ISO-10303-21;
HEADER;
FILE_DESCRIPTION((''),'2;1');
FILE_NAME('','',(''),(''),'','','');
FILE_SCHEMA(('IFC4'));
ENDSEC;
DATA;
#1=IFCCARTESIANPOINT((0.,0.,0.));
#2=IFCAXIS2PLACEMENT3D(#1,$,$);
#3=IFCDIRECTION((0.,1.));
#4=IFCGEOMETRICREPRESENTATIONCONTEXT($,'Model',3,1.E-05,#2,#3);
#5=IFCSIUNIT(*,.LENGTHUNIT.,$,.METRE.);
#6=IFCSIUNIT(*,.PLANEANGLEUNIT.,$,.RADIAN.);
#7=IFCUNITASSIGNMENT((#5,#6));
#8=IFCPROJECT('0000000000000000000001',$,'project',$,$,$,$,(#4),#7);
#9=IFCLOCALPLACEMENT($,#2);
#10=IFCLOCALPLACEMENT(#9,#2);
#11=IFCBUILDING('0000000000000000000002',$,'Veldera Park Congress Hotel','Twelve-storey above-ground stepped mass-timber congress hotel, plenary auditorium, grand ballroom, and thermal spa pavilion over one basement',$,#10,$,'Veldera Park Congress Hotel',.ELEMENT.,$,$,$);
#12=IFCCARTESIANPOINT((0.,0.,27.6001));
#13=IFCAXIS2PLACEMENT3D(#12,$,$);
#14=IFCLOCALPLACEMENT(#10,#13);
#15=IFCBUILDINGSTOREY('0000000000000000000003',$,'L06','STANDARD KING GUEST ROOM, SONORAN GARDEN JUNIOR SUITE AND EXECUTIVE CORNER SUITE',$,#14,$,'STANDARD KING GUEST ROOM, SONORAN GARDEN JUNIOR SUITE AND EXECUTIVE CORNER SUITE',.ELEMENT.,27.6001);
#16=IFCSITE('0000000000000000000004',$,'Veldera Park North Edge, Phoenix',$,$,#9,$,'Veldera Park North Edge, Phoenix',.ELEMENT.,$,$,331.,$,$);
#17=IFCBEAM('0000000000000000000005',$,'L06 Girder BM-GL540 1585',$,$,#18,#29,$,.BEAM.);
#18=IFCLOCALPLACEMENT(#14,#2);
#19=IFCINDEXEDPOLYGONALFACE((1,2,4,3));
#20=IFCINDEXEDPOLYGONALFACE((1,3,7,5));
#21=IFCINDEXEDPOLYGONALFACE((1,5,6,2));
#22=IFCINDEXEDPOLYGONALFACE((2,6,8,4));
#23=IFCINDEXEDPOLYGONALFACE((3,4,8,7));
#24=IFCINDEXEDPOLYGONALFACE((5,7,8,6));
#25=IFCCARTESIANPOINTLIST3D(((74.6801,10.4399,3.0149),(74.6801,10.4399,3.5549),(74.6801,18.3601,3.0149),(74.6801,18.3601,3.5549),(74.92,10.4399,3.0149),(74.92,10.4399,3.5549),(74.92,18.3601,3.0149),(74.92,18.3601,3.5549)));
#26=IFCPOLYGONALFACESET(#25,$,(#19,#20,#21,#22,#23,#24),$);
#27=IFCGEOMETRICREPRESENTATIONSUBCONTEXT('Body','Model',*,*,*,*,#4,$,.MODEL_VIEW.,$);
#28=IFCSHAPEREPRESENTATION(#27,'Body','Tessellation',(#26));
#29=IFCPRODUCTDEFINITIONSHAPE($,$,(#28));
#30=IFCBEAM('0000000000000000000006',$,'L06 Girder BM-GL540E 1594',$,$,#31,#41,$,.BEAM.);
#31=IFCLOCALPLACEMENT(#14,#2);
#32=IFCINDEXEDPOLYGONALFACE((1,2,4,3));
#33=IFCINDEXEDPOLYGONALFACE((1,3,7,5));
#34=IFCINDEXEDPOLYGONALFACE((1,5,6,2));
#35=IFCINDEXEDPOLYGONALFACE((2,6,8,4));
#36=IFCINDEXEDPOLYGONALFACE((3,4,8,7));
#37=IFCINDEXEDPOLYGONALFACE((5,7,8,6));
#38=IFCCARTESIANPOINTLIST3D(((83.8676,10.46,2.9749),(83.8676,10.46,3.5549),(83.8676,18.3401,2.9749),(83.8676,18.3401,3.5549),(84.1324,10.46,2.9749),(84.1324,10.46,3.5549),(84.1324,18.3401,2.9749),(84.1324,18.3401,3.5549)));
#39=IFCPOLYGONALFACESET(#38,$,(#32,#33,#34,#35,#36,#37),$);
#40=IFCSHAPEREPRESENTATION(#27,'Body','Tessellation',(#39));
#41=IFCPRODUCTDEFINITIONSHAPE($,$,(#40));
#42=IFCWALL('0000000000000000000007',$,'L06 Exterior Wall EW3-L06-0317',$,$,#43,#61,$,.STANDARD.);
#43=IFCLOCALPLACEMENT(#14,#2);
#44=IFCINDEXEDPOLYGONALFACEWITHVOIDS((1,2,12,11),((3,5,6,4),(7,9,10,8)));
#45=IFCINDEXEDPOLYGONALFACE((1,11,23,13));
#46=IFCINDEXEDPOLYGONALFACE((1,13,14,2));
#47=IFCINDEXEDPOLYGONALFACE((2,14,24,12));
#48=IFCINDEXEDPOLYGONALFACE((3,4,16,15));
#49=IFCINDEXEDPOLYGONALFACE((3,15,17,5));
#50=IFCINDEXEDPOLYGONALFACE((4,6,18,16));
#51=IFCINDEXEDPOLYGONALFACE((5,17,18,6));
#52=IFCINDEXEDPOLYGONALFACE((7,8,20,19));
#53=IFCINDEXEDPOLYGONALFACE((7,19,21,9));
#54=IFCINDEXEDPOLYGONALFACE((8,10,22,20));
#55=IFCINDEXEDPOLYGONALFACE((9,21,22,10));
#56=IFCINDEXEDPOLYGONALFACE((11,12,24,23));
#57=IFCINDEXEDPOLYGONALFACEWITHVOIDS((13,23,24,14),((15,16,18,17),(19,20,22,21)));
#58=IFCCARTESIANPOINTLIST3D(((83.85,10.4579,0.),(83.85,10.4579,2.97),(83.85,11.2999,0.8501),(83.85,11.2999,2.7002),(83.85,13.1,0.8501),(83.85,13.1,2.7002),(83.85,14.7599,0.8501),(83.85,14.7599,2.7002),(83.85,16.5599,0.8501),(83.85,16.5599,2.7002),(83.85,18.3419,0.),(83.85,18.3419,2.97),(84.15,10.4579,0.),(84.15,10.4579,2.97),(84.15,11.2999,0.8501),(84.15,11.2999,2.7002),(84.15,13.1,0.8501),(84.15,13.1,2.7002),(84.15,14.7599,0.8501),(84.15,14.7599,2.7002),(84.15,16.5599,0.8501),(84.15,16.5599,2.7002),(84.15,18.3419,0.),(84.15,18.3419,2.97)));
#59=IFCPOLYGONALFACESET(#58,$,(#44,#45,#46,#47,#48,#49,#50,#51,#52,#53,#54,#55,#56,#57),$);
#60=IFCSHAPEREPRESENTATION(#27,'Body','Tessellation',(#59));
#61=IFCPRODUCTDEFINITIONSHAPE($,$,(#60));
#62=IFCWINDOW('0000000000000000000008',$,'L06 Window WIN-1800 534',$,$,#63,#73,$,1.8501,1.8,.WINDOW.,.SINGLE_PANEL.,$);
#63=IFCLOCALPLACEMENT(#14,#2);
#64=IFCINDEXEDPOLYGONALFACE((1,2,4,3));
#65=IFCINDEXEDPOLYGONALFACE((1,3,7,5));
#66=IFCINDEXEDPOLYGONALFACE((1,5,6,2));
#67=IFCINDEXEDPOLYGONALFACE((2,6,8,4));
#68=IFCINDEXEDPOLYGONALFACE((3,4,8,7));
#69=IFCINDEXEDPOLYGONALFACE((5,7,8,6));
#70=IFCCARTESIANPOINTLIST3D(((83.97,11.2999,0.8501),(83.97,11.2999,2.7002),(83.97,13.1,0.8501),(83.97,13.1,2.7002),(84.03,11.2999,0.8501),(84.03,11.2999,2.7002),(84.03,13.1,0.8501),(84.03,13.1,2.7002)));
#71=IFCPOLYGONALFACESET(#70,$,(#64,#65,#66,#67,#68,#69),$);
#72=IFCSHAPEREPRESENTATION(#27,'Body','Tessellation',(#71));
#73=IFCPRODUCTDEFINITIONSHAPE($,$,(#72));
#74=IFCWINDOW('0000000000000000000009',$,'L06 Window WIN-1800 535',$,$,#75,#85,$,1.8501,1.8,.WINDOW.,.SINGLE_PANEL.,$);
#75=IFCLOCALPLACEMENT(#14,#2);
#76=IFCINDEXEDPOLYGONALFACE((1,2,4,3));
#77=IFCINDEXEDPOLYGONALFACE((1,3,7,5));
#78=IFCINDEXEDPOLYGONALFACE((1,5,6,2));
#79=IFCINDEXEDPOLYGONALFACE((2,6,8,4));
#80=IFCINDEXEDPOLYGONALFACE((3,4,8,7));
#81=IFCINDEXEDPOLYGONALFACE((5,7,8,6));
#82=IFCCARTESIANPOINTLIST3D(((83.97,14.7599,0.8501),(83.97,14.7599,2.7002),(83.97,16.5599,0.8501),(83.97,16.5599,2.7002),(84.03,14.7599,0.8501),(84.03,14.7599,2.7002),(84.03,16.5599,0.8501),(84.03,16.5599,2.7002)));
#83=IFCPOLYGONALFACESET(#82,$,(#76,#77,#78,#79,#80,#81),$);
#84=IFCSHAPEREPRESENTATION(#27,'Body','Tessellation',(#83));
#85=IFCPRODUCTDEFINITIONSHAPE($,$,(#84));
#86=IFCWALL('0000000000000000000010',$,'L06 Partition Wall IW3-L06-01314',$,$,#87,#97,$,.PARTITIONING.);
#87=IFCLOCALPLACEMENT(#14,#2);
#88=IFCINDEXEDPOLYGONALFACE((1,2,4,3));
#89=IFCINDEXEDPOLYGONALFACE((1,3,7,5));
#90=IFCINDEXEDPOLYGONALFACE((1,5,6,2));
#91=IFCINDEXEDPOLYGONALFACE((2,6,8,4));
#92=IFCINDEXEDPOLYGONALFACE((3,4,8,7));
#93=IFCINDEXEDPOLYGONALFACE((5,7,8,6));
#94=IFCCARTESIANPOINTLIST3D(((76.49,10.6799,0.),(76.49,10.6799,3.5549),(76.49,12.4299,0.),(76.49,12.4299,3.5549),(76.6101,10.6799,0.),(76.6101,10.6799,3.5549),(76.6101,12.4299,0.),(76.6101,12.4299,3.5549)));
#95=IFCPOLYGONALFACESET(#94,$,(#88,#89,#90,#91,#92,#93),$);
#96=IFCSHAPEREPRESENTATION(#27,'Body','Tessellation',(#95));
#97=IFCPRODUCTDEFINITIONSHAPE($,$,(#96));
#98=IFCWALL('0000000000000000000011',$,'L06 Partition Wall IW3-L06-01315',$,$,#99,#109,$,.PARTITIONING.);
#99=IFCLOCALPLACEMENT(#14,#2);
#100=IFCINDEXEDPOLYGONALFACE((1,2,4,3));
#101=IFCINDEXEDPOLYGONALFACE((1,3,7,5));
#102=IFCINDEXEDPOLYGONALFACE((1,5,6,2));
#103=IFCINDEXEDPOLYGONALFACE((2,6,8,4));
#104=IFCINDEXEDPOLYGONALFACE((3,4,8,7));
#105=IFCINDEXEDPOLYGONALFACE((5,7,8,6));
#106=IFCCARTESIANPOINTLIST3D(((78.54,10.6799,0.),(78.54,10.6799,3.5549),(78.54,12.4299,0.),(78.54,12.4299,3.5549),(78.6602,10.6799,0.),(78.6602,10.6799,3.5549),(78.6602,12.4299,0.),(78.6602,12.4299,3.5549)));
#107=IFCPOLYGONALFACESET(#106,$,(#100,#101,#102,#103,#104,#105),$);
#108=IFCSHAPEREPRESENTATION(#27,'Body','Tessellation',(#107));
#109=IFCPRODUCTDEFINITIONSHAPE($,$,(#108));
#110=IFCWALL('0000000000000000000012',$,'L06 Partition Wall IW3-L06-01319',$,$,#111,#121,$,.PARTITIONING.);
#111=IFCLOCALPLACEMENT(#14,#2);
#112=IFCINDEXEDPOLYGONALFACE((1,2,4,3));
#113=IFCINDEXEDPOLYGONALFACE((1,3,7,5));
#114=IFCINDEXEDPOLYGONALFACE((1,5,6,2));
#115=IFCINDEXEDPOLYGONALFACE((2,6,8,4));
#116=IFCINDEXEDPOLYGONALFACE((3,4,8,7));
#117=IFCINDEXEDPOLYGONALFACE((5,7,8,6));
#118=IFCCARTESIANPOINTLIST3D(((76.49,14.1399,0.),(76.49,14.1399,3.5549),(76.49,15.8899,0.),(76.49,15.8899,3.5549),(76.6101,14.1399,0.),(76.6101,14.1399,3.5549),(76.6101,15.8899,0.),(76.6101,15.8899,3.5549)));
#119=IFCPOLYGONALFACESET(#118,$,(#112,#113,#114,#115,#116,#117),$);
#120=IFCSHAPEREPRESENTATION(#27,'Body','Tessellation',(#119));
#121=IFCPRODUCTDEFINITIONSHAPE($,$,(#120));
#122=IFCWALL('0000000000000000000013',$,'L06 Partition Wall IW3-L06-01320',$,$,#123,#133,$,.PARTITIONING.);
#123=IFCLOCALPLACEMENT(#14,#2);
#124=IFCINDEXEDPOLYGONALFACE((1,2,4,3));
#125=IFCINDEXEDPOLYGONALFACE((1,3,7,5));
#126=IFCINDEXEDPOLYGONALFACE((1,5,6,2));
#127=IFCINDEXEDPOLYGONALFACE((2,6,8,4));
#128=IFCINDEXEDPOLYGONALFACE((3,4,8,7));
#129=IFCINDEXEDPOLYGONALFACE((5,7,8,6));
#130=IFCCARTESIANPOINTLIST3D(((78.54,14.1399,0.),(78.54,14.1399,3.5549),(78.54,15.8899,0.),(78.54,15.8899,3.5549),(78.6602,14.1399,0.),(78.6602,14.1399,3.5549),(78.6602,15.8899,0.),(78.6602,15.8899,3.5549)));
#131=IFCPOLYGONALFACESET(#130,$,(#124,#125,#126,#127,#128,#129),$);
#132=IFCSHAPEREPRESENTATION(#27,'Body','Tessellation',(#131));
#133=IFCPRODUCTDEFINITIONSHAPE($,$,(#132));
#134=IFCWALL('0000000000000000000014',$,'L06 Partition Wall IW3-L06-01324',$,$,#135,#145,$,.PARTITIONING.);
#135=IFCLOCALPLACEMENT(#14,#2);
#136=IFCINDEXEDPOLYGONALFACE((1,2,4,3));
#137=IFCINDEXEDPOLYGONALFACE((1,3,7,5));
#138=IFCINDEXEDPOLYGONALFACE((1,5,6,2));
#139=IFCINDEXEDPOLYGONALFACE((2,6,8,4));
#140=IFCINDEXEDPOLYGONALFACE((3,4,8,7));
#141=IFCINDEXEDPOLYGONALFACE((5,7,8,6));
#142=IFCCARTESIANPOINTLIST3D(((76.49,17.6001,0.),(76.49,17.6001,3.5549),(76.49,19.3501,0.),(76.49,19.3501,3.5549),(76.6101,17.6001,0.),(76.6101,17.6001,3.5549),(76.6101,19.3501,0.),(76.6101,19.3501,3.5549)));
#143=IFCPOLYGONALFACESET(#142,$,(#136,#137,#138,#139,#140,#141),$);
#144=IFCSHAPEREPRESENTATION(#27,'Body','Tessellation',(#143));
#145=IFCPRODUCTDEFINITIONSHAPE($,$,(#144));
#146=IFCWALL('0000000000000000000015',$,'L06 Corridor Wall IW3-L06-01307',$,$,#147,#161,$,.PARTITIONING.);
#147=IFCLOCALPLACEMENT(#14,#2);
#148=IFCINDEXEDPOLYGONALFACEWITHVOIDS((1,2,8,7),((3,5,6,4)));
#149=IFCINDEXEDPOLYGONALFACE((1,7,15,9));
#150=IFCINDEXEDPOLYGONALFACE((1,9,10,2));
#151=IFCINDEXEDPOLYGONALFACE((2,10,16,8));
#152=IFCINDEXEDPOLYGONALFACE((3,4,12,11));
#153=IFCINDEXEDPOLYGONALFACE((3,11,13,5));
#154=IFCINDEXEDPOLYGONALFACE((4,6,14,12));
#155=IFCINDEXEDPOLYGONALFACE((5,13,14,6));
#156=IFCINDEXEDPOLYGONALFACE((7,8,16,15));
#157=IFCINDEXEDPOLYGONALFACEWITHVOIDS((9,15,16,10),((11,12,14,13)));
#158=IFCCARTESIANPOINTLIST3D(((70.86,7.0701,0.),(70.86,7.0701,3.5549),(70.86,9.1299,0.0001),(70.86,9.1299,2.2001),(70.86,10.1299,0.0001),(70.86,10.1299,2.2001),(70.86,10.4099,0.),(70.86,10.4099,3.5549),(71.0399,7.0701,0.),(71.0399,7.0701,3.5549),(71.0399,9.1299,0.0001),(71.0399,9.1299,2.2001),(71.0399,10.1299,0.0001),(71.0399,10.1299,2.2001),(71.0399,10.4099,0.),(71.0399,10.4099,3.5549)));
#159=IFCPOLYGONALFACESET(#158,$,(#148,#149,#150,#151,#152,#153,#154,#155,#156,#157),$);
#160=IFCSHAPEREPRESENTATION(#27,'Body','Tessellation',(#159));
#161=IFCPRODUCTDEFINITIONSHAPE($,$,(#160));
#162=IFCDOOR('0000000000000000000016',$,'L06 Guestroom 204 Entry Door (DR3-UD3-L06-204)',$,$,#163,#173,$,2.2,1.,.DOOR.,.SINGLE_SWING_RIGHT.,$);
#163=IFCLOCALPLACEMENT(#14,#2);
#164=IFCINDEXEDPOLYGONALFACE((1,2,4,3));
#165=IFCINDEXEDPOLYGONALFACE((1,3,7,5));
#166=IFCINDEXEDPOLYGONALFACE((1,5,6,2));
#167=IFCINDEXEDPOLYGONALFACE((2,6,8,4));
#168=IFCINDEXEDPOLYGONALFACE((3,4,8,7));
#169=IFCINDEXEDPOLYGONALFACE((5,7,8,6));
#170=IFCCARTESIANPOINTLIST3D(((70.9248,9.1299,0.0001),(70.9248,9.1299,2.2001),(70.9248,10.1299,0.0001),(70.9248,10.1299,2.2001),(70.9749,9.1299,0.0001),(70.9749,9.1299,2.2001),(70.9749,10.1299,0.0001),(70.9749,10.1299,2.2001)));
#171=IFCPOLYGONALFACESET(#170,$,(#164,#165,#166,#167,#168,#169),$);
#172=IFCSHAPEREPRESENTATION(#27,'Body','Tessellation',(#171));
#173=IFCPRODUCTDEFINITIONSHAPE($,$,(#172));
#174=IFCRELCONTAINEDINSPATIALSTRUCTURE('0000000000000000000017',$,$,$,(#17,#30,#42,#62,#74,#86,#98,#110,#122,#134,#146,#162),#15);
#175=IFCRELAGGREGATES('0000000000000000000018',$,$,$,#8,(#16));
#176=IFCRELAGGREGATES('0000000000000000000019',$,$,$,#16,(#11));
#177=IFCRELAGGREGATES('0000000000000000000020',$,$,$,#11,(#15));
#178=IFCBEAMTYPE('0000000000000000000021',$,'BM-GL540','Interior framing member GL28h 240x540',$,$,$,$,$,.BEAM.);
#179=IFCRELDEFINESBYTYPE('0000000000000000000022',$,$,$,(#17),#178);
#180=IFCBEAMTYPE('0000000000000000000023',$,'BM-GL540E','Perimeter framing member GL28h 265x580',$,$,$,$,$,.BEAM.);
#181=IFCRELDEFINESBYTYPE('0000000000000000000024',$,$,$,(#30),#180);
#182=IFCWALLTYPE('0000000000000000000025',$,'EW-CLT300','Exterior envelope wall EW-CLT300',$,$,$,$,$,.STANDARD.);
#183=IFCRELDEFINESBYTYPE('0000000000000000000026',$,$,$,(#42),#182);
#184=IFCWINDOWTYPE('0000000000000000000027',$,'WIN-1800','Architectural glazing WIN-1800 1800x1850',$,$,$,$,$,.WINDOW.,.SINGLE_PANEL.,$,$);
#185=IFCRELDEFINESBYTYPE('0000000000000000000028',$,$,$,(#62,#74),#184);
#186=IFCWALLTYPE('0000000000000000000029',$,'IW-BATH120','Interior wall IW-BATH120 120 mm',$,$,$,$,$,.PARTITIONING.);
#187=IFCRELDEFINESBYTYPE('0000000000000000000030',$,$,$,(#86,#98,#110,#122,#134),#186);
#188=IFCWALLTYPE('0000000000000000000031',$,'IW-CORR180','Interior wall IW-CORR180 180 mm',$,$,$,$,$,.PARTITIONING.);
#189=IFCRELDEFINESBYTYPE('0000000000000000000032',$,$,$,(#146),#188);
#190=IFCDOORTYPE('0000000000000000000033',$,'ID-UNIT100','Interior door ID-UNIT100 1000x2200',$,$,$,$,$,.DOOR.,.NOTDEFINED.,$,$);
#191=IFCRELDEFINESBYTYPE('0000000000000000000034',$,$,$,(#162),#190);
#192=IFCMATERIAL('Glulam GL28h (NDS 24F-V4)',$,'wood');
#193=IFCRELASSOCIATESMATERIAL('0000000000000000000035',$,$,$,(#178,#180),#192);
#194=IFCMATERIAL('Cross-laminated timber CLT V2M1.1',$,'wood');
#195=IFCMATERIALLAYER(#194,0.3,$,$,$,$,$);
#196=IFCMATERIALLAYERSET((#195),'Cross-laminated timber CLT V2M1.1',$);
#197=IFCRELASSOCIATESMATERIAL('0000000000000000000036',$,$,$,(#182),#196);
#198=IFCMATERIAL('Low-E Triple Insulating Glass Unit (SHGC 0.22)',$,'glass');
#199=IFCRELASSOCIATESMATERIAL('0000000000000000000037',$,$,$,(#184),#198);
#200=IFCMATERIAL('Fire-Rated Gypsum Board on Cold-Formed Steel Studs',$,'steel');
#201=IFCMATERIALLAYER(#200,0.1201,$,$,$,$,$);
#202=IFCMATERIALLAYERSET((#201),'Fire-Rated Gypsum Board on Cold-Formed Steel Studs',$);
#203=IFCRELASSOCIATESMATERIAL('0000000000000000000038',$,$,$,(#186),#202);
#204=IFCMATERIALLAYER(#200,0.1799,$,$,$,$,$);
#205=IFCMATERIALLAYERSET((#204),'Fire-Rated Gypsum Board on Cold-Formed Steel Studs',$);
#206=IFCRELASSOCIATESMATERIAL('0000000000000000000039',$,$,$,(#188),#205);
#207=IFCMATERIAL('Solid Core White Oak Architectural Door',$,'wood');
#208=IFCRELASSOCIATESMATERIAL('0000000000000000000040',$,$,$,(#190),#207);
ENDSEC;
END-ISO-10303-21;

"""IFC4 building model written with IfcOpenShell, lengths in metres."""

from ifc_helpers import new_model, si_unit, direction, frame, frame_2d, origin, origin_2d, place, context, subcontext, project, spatial, rectangle, extrude, material, layer, layer_set, material_profile, profile_set, type_object, element, fill, save


model = new_model("IFC4")

# Units and contexts
model_context = context("Model", 3, precision=1e-05, world=origin(), true_north=direction((0.0, 1.0)))
body_context = subcontext(model_context, "Body", "Model", "MODEL_VIEW")
ifc_project = project(units=[si_unit("LENGTHUNIT", "METRE"), si_unit("PLANEANGLEUNIT", "RADIAN")], contexts=[model_context])

# Site, building, storey
site_placement = place(None, origin())
site = spatial("IfcSite", under=ifc_project, at=site_placement, Name="Veldera Park North Edge, Phoenix", LongName="Veldera Park North Edge, Phoenix", CompositionType="ELEMENT", RefElevation=331.0)
building_placement = place(site_placement, origin())
building = spatial("IfcBuilding", under=site, at=building_placement, Name="Veldera Park Congress Hotel", Description="Twelve-storey above-ground stepped mass-timber congress hotel, plenary auditorium, grand ballroom, and thermal spa pavilion over one basement", LongName="Veldera Park Congress Hotel", CompositionType="ELEMENT")
storey_placement = place(building_placement, frame((0.0, 0.0, 27.6001)))
storey = spatial("IfcBuildingStorey", under=building, at=storey_placement, Name="L06", Description="STANDARD KING GUEST ROOM, SONORAN GARDEN JUNIOR SUITE AND EXECUTIVE CORNER SUITE", LongName="STANDARD KING GUEST ROOM, SONORAN GARDEN JUNIOR SUITE AND EXECUTIVE CORNER SUITE", CompositionType="ELEMENT", Elevation=27.6001)

# Beams
ifc_material_1 = material(Name="Glulam GL28h (NDS 24F-V4)", Category="wood")
ifc_material_profile_1 = material_profile(ifc_material_1, rectangle(XDim=0.24, YDim=0.54, at=origin_2d()), Name="GL28h 240x540")
ifc_profile_set_1 = profile_set([ifc_material_profile_1], Name="Glulam GL28h (NDS 24F-V4)")
beam_type_1 = type_object("IfcBeamType", Name="BM-GL540", Description="Interior framing member GL28h 240x540", PredefinedType="BEAM", material=ifc_profile_set_1)
beam_1_placement = place(storey_placement, frame((74.8, 10.4399, 3.2849), z_axis=(0.0, 1.0, 0.0), x_axis=(-1.0, 0.0, 0.0)))
element("IfcBeam", 1, at=beam_1_placement, inside=storey, type_object=beam_type_1, Name="L06 Girder BM-GL540 1585", PredefinedType="BEAM", context=body_context, shape_type="SweptSolid", body=[
    extrude(rectangle(XDim=0.24, YDim=0.54, at=origin_2d()), origin(), (0.0, 0.0, 1.0), 7.9202),
])
ifc_material_profile_2 = material_profile(ifc_material_1, rectangle(XDim=0.2649, YDim=0.5801, at=origin_2d()), Name="GL28h 265x580")
ifc_profile_set_2 = profile_set([ifc_material_profile_2], Name="Glulam GL28h (NDS 24F-V4)")
beam_type_2 = type_object("IfcBeamType", Name="BM-GL540E", Description="Perimeter framing member GL28h 265x580", PredefinedType="BEAM", material=ifc_profile_set_2)
beam_2_placement = place(storey_placement, frame((84.0, 10.46, 3.2649), z_axis=(0.0, 1.0, 0.0), x_axis=(-1.0, 0.0, 0.0)))
element("IfcBeam", 2, at=beam_2_placement, inside=storey, type_object=beam_type_2, Name="L06 Girder BM-GL540E 1594", PredefinedType="BEAM", context=body_context, shape_type="SweptSolid", body=[
    extrude(rectangle(XDim=0.2649, YDim=0.5801, at=origin_2d()), origin(), (0.0, 0.0, 1.0), 7.8801),
])

# Wall, openings, windows
ifc_material_2 = material(Name="Cross-laminated timber CLT V2M1.1", Category="wood")
ifc_layer_1 = layer(ifc_material_2, 0.3)
ifc_layer_set_1 = layer_set([ifc_layer_1], Name="Cross-laminated timber CLT V2M1.1")
wall_type_1 = type_object("IfcWallType", Name="EW-CLT300", Description="Exterior envelope wall EW-CLT300", PredefinedType="STANDARD", material=ifc_layer_set_1)
wall_1_placement = place(storey_placement, frame((84.0, 10.458, 0.0), z_axis=(0.0, 0.0, 1.0), x_axis=(0.0, 1.0, 0.0)))
wall_1 = element("IfcWall", 3, at=wall_1_placement, inside=storey, type_object=wall_type_1, Name="L06 Exterior Wall EW3-L06-0317", PredefinedType="STANDARD", context=body_context, shape_type="SweptSolid", body=[
    extrude(rectangle(XDim=7.884, YDim=0.3, at=frame_2d((3.9419, 0.0))), origin(), (0.0, 0.0, 1.0), 2.97),
])
opening_1_placement = place(wall_1_placement, frame((0.842, 0.0, 0.8501)))
opening_1 = element("IfcOpeningElement", 4, at=opening_1_placement, cuts=wall_1, PredefinedType="OPENING", context=body_context, shape_type="SweptSolid", body=[
    extrude(rectangle(XDim=1.8, YDim=1.8501, at=frame_2d((0.8999, 0.925))), frame((0.0, 0.1621, 0.0), z_axis=(0.0, -1.0, 0.0), x_axis=(1.0, 0.0, 0.0)), (0.0, 0.0, 1.0), 0.324),
])
opening_2_placement = place(wall_1_placement, frame((4.302, 0.0, 0.8501)))
opening_2 = element("IfcOpeningElement", 5, at=opening_2_placement, cuts=wall_1, PredefinedType="OPENING", context=body_context, shape_type="SweptSolid", body=[
    extrude(rectangle(XDim=1.8, YDim=1.8501, at=frame_2d((0.8999, 0.925))), frame((0.0, 0.1621, 0.0), z_axis=(0.0, -1.0, 0.0), x_axis=(1.0, 0.0, 0.0)), (0.0, 0.0, 1.0), 0.324),
])
ifc_material_3 = material(Name="Low-E Triple Insulating Glass Unit (SHGC 0.22)", Category="glass")
window_type = type_object("IfcWindowType", Name="WIN-1800", Description="Architectural glazing WIN-1800 1800x1850", PartitioningType="SINGLE_PANEL", PredefinedType="WINDOW", material=ifc_material_3)
window_1_placement = place(opening_1_placement, origin())
window_1 = element("IfcWindow", 6, at=window_1_placement, inside=storey, type_object=window_type, Name="L06 Window WIN-1800 534", OverallHeight=1.8501, OverallWidth=1.8, PartitioningType="SINGLE_PANEL", PredefinedType="WINDOW", context=body_context, shape_type="SweptSolid", body=[
    extrude(rectangle(XDim=1.8, YDim=1.8501, at=frame_2d((0.8999, 0.925))), frame((0.0, 0.03, 0.0), z_axis=(0.0, -1.0, 0.0), x_axis=(1.0, 0.0, 0.0)), (0.0, 0.0, 1.0), 0.0601),
])
fill(opening_1, window_1)
window_2_placement = place(opening_2_placement, origin())
window_2 = element("IfcWindow", 7, at=window_2_placement, inside=storey, type_object=window_type, Name="L06 Window WIN-1800 535", OverallHeight=1.8501, OverallWidth=1.8, PartitioningType="SINGLE_PANEL", PredefinedType="WINDOW", context=body_context, shape_type="SweptSolid", body=[
    extrude(rectangle(XDim=1.8, YDim=1.8501, at=frame_2d((0.8999, 0.925))), frame((0.0, 0.03, 0.0), z_axis=(0.0, -1.0, 0.0), x_axis=(1.0, 0.0, 0.0)), (0.0, 0.0, 1.0), 0.0601),
])
fill(opening_2, window_2)

# Walls
ifc_material_4 = material(Name="Fire-Rated Gypsum Board on Cold-Formed Steel Studs", Category="steel")
ifc_layer_2 = layer(ifc_material_4, 0.1201)
ifc_layer_set_2 = layer_set([ifc_layer_2], Name="Fire-Rated Gypsum Board on Cold-Formed Steel Studs")
wall_type_2 = type_object("IfcWallType", Name="IW-BATH120", Description="Interior wall IW-BATH120 120 mm", PredefinedType="PARTITIONING", material=ifc_layer_set_2)
for number, where, z_axis, x_axis, name in (
    (8, (76.55, 10.6799, 0.0), (0.0, 0.0, 1.0), (0.0, 1.0, 0.0), "L06 Partition Wall IW3-L06-01314"),
    (9, (78.6001, 10.6799, 0.0), (0.0, 0.0, 1.0), (0.0, 1.0, 0.0), "L06 Partition Wall IW3-L06-01315"),
):
    element("IfcWall", number, at=place(storey_placement, frame(where, z_axis=z_axis, x_axis=x_axis)), inside=storey, type_object=wall_type_2, Name=name, PredefinedType="PARTITIONING", context=body_context, shape_type="SweptSolid", body=[
        extrude(rectangle(XDim=1.75, YDim=0.1201, at=frame_2d((0.875, 0.0))), origin(), (0.0, 0.0, 1.0), 3.5549),
    ])

# Shared definitions
ifc_material_5 = material(Name="Solid Core White Oak Architectural Door", Category="wood")

# Walls
for number, where, z_axis, x_axis, name in (
    (10, (76.55, 14.1399, 0.0), (0.0, 0.0, 1.0), (0.0, 1.0, 0.0), "L06 Partition Wall IW3-L06-01319"),
    (11, (78.6001, 14.1399, 0.0), (0.0, 0.0, 1.0), (0.0, 1.0, 0.0), "L06 Partition Wall IW3-L06-01320"),
):
    element("IfcWall", number, at=place(storey_placement, frame(where, z_axis=z_axis, x_axis=x_axis)), inside=storey, type_object=wall_type_2, Name=name, PredefinedType="PARTITIONING", context=body_context, shape_type="SweptSolid", body=[
        extrude(rectangle(XDim=1.75, YDim=0.1201, at=frame_2d((0.875, 0.0))), origin(), (0.0, 0.0, 1.0), 3.5549),
    ])

# Wall
wall_2_placement = place(storey_placement, frame((76.55, 17.6001, 0.0), z_axis=(0.0, 0.0, 1.0), x_axis=(0.0, 1.0, 0.0)))
element("IfcWall", 12, at=wall_2_placement, inside=storey, type_object=wall_type_2, Name="L06 Partition Wall IW3-L06-01324", PredefinedType="PARTITIONING", context=body_context, shape_type="SweptSolid", body=[
    extrude(rectangle(XDim=1.75, YDim=0.1201, at=frame_2d((0.875, 0.0))), origin(), (0.0, 0.0, 1.0), 3.5549),
])

# Wall, opening, door
ifc_layer_3 = layer(ifc_material_4, 0.1799)
ifc_layer_set_3 = layer_set([ifc_layer_3], Name="Fire-Rated Gypsum Board on Cold-Formed Steel Studs")
wall_type_3 = type_object("IfcWallType", Name="IW-CORR180", Description="Interior wall IW-CORR180 180 mm", PredefinedType="PARTITIONING", material=ifc_layer_set_3)
wall_3_placement = place(storey_placement, frame((70.95, 10.4099, 0.0), z_axis=(0.0, 0.0, 1.0), x_axis=(0.0, -1.0, 0.0)))
wall_3 = element("IfcWall", 13, at=wall_3_placement, inside=storey, type_object=wall_type_3, Name="L06 Corridor Wall IW3-L06-01307", PredefinedType="PARTITIONING", context=body_context, shape_type="SweptSolid", body=[
    extrude(rectangle(XDim=3.3398, YDim=0.1799, at=frame_2d((1.6699, 0.0))), origin(), (0.0, 0.0, 1.0), 3.5549),
])
opening_3_placement = place(wall_3_placement, frame((0.28, 0.0, 0.0)))
opening_3 = element("IfcOpeningElement", 14, at=opening_3_placement, cuts=wall_3, PredefinedType="OPENING", context=body_context, shape_type="SweptSolid", body=[
    extrude(rectangle(XDim=1.0, YDim=2.2, at=frame_2d((0.5, 1.1001))), frame((0.0, 0.1021, 0.0), z_axis=(0.0, -1.0, 0.0), x_axis=(1.0, 0.0, 0.0)), (0.0, 0.0, 1.0), 0.2039),
])
door_type_1 = type_object("IfcDoorType", Name="ID-UNIT100", Description="Interior door ID-UNIT100 1000x2200", OperationType="NOTDEFINED", PredefinedType="DOOR", material=ifc_material_5)
door_1_placement = place(opening_3_placement, origin())
door_1 = element("IfcDoor", 15, at=door_1_placement, inside=storey, type_object=door_type_1, Name="L06 Guestroom 204 Entry Door (DR3-UD3-L06-204)", OperationType="SINGLE_SWING_RIGHT", OverallHeight=2.2, OverallWidth=1.0, PredefinedType="DOOR", context=body_context, shape_type="SweptSolid", body=[
    extrude(rectangle(XDim=1.0, YDim=2.2, at=frame_2d((0.5, 1.1001))), frame((0.0, 0.0249, 0.0), z_axis=(0.0, -1.0, 0.0), x_axis=(1.0, 0.0, 0.0)), (0.0, 0.0, 1.0), 0.05),
])
fill(opening_3, door_1)

save(model, "model.ifc")
